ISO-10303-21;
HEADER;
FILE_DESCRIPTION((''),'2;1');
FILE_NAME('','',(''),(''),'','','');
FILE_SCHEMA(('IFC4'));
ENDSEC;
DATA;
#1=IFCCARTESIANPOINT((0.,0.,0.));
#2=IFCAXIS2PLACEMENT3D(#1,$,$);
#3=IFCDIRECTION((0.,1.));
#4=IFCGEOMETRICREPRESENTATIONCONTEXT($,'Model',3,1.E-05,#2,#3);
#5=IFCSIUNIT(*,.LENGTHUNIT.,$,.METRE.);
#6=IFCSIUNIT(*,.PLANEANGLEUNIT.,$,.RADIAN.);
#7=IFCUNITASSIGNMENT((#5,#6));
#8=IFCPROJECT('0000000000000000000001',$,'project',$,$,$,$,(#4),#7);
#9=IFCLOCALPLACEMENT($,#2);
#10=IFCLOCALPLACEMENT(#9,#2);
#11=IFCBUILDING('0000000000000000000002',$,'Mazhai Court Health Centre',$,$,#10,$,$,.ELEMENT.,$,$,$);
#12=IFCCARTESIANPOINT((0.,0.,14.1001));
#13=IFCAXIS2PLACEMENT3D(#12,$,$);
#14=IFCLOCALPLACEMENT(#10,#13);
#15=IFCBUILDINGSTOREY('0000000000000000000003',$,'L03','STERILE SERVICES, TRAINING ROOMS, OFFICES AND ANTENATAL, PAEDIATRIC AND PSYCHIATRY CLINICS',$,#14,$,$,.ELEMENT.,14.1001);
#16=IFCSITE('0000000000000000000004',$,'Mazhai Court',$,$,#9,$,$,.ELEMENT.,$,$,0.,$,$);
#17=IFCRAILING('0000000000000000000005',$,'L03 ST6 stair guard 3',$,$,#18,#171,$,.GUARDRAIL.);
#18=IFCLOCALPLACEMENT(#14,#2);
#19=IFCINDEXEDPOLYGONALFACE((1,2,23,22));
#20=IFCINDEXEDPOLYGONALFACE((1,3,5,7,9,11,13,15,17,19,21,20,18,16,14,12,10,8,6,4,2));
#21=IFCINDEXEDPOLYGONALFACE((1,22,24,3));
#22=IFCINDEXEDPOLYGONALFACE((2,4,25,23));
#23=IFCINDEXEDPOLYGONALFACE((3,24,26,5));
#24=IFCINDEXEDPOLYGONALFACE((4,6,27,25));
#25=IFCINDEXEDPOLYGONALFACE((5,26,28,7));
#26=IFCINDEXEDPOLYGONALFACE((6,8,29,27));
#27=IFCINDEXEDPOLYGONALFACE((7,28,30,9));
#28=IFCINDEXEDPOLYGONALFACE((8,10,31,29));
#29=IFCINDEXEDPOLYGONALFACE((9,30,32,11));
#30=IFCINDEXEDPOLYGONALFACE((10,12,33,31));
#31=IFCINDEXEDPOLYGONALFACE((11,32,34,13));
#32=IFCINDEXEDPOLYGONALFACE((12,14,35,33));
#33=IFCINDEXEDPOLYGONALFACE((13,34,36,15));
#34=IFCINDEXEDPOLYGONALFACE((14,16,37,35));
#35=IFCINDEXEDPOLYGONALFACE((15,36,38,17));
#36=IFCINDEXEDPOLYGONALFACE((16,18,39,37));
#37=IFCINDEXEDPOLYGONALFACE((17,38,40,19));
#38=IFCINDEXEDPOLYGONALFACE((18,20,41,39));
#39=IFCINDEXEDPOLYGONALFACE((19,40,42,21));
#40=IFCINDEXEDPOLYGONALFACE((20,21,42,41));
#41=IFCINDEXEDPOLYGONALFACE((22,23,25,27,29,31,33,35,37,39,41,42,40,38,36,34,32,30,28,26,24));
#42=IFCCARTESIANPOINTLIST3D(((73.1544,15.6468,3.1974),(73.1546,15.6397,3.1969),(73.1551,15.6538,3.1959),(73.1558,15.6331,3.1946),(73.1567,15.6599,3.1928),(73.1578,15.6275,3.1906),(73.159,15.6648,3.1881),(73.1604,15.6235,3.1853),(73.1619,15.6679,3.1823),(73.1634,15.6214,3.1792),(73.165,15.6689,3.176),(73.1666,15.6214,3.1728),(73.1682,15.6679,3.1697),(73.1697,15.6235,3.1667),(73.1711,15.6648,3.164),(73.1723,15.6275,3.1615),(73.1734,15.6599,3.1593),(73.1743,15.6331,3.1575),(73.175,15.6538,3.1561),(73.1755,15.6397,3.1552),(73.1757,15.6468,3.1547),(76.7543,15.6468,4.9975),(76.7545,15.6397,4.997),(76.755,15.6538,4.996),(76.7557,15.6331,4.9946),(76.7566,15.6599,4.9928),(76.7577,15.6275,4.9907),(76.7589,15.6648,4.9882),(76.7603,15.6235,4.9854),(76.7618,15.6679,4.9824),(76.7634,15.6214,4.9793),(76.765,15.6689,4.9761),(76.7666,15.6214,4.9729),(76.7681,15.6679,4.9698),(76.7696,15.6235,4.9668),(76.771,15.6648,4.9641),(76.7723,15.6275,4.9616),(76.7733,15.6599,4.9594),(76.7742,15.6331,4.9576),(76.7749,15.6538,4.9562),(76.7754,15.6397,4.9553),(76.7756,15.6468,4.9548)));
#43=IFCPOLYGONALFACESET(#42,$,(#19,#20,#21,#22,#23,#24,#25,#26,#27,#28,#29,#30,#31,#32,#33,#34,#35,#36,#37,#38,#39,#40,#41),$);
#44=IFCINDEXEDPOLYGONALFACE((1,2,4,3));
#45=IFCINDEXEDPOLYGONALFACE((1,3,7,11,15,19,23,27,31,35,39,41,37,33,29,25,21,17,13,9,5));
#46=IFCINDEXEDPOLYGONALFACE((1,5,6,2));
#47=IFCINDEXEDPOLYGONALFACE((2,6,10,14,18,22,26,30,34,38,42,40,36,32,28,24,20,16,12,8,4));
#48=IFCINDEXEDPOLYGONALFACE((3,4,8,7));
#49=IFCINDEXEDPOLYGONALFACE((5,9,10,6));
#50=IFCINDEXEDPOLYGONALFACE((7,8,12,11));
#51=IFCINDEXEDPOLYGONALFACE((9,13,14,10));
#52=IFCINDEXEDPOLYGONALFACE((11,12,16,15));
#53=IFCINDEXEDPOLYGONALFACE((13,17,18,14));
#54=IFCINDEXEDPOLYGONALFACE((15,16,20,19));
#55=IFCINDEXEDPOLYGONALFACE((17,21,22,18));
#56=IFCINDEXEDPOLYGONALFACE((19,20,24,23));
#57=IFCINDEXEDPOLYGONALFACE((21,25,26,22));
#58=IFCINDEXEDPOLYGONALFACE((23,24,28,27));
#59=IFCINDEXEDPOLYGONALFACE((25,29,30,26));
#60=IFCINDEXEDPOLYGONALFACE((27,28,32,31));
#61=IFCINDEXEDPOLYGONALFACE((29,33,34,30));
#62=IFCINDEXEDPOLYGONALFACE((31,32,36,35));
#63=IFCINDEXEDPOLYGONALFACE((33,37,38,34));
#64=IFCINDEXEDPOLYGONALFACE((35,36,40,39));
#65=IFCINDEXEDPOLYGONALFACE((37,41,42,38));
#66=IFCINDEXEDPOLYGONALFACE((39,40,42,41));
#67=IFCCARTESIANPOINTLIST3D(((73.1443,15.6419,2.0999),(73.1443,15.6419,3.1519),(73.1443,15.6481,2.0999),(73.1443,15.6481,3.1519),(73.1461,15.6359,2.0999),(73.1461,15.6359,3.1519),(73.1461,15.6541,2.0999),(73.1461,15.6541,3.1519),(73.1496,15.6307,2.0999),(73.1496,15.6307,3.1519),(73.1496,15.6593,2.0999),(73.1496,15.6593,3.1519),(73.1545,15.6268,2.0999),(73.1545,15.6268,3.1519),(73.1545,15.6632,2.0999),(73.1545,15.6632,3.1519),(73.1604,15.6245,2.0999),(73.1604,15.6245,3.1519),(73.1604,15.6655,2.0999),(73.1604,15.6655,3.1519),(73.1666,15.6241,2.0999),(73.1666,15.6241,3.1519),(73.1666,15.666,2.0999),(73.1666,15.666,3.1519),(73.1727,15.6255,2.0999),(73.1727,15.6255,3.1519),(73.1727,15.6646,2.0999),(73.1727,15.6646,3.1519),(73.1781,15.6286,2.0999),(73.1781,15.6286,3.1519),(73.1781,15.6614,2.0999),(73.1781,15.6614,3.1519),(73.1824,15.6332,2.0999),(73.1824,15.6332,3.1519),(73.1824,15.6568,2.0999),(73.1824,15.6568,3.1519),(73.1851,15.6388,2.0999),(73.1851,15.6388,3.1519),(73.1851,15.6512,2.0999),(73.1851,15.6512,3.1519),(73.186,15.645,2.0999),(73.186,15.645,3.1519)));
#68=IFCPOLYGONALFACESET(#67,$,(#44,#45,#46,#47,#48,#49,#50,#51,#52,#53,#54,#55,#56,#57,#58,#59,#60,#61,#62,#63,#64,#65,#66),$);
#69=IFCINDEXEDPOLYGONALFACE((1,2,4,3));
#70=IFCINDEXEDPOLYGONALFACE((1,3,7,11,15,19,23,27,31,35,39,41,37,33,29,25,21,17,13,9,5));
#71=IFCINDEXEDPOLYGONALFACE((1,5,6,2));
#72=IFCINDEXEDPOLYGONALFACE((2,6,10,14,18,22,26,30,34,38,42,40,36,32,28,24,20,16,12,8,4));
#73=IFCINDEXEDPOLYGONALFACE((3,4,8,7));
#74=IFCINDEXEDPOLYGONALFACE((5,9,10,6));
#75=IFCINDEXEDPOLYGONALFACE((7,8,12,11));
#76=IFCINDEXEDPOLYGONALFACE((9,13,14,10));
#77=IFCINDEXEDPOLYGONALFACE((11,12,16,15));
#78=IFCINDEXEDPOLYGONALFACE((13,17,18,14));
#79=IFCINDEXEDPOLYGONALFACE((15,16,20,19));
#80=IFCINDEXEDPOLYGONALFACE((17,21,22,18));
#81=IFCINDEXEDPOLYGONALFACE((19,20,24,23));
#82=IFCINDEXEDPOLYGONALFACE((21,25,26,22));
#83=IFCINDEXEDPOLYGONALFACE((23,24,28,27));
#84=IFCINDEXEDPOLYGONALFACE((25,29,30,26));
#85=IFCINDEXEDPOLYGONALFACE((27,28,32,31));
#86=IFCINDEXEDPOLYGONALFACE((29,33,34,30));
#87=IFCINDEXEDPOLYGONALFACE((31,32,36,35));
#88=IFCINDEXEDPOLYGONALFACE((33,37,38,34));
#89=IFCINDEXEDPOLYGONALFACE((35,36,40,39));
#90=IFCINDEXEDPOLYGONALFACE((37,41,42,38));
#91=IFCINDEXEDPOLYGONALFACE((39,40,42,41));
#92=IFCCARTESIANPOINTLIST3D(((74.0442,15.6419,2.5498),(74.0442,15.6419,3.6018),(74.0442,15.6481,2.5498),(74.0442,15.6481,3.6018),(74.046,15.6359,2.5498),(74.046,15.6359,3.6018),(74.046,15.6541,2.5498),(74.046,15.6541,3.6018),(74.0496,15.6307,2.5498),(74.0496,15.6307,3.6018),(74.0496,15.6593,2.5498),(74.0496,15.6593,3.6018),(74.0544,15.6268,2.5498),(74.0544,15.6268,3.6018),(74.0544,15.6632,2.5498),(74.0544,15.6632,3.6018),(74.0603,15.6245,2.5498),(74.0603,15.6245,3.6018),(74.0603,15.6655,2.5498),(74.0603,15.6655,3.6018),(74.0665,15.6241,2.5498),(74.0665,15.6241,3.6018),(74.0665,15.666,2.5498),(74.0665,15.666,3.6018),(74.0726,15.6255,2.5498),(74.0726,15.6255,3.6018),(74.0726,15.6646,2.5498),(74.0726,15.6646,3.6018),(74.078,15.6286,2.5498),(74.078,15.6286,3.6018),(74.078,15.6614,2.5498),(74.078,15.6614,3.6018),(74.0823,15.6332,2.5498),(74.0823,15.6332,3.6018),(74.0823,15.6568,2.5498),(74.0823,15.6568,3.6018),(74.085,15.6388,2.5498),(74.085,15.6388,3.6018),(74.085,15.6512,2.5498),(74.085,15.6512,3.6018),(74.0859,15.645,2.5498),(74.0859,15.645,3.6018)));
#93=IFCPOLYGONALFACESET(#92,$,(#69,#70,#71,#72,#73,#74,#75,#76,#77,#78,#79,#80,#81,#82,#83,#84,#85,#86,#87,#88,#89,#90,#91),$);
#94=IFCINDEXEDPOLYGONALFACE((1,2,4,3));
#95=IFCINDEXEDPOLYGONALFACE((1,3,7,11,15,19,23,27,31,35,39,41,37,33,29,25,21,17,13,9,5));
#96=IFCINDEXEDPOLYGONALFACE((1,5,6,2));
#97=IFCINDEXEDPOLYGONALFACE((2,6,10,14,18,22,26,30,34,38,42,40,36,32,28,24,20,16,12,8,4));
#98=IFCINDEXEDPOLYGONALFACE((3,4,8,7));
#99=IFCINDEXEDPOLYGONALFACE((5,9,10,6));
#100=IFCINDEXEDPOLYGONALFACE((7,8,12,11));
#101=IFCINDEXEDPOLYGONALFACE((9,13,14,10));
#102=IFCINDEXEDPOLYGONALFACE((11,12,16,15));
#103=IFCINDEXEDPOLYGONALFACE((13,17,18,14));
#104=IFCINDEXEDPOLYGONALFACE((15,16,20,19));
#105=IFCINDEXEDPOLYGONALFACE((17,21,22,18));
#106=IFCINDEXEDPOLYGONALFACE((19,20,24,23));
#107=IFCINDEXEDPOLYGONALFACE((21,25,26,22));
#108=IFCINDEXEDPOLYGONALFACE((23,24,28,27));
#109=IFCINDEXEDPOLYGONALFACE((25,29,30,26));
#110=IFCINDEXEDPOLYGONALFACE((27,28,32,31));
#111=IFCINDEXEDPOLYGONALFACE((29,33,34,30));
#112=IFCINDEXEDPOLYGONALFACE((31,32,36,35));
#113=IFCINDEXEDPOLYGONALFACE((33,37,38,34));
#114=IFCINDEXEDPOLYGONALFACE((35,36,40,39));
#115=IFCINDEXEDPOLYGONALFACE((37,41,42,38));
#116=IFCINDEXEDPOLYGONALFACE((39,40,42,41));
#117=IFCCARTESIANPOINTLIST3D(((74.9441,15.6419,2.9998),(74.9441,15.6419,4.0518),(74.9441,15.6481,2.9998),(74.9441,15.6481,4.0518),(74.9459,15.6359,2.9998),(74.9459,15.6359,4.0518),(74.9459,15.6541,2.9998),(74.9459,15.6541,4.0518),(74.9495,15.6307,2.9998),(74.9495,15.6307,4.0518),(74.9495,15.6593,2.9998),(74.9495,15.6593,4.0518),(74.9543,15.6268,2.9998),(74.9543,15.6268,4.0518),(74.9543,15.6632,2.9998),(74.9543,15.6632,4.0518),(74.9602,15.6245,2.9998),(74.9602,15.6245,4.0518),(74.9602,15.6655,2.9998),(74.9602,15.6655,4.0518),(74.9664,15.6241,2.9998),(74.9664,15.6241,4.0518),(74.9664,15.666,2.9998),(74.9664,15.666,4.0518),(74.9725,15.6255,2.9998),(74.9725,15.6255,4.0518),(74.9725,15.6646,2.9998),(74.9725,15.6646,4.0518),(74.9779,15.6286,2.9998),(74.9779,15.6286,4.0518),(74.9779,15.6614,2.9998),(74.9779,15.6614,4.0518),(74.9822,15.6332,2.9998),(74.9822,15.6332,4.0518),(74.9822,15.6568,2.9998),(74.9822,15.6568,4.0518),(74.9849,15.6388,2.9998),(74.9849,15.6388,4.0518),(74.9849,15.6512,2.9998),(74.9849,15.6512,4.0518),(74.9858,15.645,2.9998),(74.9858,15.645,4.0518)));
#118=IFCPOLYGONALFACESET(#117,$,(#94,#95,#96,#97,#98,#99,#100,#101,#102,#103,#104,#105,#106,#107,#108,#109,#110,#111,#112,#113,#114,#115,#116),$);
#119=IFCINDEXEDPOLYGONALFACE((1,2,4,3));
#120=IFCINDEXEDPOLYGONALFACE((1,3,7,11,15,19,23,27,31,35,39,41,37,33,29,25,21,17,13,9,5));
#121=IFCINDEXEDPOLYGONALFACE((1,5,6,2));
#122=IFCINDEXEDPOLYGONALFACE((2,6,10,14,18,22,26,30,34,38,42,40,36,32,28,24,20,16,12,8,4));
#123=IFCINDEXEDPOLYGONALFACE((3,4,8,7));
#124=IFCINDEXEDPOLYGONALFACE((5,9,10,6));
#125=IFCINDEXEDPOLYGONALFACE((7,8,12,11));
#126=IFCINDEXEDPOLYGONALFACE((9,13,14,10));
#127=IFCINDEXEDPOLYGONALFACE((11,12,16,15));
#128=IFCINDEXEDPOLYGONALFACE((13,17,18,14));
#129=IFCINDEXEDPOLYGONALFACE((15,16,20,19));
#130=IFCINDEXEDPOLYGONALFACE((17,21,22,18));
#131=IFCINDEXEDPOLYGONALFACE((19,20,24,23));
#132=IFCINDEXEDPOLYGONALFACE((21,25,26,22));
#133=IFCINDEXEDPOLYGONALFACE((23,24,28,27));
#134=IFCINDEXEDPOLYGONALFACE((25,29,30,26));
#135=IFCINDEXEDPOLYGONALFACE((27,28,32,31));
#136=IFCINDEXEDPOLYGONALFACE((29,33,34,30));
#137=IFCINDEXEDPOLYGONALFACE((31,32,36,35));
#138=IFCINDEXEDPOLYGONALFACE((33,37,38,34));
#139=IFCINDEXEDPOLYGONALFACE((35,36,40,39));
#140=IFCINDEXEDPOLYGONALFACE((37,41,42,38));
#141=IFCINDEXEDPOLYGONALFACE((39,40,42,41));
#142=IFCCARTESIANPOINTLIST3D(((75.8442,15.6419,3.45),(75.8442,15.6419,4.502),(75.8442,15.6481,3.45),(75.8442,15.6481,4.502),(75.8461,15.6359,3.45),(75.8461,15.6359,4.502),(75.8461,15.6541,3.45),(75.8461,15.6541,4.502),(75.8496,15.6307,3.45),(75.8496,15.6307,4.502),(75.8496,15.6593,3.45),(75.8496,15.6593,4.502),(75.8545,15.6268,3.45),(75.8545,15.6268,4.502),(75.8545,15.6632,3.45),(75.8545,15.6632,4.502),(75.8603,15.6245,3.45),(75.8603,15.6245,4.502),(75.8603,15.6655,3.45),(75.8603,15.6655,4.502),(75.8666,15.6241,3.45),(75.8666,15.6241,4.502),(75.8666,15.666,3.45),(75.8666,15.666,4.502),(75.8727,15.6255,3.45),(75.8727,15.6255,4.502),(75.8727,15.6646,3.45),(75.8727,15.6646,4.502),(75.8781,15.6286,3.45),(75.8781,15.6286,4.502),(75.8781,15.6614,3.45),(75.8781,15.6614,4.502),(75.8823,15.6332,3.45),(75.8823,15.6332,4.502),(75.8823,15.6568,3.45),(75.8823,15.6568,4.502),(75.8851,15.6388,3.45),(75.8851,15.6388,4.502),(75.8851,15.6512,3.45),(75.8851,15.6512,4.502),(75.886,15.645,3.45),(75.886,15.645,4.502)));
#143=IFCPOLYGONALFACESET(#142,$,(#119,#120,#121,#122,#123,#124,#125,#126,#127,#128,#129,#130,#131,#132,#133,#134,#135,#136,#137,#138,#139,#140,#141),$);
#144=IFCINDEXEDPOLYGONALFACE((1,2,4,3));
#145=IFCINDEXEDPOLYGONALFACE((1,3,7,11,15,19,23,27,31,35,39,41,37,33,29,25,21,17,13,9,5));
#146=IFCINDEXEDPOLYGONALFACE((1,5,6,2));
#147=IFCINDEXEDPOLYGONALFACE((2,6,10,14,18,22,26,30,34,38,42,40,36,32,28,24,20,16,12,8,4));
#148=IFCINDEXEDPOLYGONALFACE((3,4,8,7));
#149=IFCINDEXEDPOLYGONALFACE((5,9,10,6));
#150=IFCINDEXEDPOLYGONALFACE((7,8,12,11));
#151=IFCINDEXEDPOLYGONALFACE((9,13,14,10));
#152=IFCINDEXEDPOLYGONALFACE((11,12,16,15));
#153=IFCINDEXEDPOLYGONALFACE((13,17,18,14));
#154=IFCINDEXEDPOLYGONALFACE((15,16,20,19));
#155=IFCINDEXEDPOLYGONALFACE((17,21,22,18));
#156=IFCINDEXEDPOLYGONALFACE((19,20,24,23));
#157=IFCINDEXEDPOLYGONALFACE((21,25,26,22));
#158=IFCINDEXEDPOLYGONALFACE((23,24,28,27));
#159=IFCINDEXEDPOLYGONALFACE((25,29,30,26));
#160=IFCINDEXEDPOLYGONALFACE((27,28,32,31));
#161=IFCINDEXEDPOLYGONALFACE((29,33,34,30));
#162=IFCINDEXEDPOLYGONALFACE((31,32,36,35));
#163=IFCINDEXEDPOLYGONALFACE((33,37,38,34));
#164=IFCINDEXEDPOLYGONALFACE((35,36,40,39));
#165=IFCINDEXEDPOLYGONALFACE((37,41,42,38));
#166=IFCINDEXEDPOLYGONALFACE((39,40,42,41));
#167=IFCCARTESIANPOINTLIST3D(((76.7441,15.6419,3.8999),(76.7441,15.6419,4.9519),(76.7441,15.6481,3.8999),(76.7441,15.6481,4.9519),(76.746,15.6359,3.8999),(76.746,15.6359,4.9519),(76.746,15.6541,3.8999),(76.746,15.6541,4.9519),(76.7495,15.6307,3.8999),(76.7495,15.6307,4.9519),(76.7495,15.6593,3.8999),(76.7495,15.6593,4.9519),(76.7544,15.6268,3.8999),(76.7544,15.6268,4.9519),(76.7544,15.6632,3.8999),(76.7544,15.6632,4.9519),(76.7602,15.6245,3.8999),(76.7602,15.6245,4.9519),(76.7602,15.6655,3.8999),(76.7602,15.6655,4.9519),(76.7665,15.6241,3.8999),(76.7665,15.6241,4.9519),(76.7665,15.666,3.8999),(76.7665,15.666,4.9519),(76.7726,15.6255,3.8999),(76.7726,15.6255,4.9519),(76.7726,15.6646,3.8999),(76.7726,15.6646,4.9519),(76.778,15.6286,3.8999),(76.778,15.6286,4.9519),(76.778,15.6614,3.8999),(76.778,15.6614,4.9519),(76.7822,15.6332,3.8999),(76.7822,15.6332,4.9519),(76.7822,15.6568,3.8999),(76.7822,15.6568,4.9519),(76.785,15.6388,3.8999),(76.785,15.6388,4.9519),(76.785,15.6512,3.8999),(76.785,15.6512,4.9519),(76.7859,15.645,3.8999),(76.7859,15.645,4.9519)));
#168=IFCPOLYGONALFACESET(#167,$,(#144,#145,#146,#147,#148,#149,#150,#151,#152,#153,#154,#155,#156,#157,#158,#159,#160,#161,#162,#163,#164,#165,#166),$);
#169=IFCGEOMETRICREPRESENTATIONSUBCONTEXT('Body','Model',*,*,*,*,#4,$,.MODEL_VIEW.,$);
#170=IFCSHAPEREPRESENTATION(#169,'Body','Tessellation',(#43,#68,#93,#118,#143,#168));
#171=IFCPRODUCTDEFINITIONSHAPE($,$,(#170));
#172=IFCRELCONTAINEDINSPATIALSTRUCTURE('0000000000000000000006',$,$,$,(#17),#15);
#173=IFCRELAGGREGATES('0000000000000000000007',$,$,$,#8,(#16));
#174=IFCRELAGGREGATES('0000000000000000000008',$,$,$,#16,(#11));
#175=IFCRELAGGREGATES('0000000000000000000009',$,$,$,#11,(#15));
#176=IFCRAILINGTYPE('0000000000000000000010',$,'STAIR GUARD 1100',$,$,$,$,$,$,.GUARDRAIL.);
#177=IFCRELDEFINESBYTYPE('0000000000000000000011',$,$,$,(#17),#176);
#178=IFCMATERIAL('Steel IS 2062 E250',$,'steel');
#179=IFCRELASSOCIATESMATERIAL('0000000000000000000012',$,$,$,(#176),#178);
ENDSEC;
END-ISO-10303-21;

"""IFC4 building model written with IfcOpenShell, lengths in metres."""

from ifc_helpers import new_model, si_unit, direction, frame, origin, origin_2d, place, context, subcontext, project, spatial, circle, extrude, material, type_object, element, save


model = new_model("IFC4")

# Units and contexts
model_context = context("Model", 3, precision=1e-05, world=origin(), true_north=direction((0.0, 1.0)))
body_context = subcontext(model_context, "Body", "Model", "MODEL_VIEW")
ifc_project = project(units=[si_unit("LENGTHUNIT", "METRE"), si_unit("PLANEANGLEUNIT", "RADIAN")], contexts=[model_context])

# Site, building, storey
site_placement = place(None, origin())
site = spatial("IfcSite", under=ifc_project, at=site_placement, Name="Mazhai Court", CompositionType="ELEMENT", RefElevation=0.0)
building_placement = place(site_placement, origin())
building = spatial("IfcBuilding", under=site, at=building_placement, Name="Mazhai Court Health Centre", CompositionType="ELEMENT")
storey_placement = place(building_placement, frame((0.0, 0.0, 14.1001)))
storey = spatial("IfcBuildingStorey", under=building, at=storey_placement, Name="L03", Description="STERILE SERVICES, TRAINING ROOMS, OFFICES AND ANTENATAL, PAEDIATRIC AND PSYCHIATRY CLINICS", CompositionType="ELEMENT", Elevation=14.1001)

# Railing
ifc_material_1 = material(Name="Steel IS 2062 E250", Category="steel")
railing_type_1 = type_object("IfcRailingType", Name="STAIR GUARD 1100", PredefinedType="GUARDRAIL", material=ifc_material_1)
railing_1_placement = place(storey_placement, frame((73.165, 15.645, 2.0999)))
element("IfcRailing", 1, at=railing_1_placement, inside=storey, type_object=railing_type_1, Name="L03 ST6 stair guard 3", PredefinedType="GUARDRAIL", context=body_context, shape_type="SweptSolid", body=[
    extrude(circle(Radius=0.0239, at=origin_2d()), frame((0.0, 0.0, 1.0762), z_axis=(0.894415, 0.0, 0.447238), x_axis=(0.0, 1.0, 0.0)), (0.0, 0.0, 1.0), 4.0249),
    extrude(circle(Radius=0.021, at=origin_2d()), origin(), (0.0, 0.0, 1.0), 1.052),
    extrude(circle(Radius=0.021, at=origin_2d()), frame((0.8999, 0.0, 0.45)), (0.0, 0.0, 1.0), 1.052),
    extrude(circle(Radius=0.021, at=origin_2d()), frame((1.7998, 0.0, 0.8999)), (0.0, 0.0, 1.0), 1.052),
    extrude(circle(Radius=0.021, at=origin_2d()), frame((2.7, 0.0, 1.3501)), (0.0, 0.0, 1.0), 1.052),
    extrude(circle(Radius=0.021, at=origin_2d()), frame((3.5999, 0.0, 1.8)), (0.0, 0.0, 1.0), 1.052),
])

save(model, "model.ifc")
